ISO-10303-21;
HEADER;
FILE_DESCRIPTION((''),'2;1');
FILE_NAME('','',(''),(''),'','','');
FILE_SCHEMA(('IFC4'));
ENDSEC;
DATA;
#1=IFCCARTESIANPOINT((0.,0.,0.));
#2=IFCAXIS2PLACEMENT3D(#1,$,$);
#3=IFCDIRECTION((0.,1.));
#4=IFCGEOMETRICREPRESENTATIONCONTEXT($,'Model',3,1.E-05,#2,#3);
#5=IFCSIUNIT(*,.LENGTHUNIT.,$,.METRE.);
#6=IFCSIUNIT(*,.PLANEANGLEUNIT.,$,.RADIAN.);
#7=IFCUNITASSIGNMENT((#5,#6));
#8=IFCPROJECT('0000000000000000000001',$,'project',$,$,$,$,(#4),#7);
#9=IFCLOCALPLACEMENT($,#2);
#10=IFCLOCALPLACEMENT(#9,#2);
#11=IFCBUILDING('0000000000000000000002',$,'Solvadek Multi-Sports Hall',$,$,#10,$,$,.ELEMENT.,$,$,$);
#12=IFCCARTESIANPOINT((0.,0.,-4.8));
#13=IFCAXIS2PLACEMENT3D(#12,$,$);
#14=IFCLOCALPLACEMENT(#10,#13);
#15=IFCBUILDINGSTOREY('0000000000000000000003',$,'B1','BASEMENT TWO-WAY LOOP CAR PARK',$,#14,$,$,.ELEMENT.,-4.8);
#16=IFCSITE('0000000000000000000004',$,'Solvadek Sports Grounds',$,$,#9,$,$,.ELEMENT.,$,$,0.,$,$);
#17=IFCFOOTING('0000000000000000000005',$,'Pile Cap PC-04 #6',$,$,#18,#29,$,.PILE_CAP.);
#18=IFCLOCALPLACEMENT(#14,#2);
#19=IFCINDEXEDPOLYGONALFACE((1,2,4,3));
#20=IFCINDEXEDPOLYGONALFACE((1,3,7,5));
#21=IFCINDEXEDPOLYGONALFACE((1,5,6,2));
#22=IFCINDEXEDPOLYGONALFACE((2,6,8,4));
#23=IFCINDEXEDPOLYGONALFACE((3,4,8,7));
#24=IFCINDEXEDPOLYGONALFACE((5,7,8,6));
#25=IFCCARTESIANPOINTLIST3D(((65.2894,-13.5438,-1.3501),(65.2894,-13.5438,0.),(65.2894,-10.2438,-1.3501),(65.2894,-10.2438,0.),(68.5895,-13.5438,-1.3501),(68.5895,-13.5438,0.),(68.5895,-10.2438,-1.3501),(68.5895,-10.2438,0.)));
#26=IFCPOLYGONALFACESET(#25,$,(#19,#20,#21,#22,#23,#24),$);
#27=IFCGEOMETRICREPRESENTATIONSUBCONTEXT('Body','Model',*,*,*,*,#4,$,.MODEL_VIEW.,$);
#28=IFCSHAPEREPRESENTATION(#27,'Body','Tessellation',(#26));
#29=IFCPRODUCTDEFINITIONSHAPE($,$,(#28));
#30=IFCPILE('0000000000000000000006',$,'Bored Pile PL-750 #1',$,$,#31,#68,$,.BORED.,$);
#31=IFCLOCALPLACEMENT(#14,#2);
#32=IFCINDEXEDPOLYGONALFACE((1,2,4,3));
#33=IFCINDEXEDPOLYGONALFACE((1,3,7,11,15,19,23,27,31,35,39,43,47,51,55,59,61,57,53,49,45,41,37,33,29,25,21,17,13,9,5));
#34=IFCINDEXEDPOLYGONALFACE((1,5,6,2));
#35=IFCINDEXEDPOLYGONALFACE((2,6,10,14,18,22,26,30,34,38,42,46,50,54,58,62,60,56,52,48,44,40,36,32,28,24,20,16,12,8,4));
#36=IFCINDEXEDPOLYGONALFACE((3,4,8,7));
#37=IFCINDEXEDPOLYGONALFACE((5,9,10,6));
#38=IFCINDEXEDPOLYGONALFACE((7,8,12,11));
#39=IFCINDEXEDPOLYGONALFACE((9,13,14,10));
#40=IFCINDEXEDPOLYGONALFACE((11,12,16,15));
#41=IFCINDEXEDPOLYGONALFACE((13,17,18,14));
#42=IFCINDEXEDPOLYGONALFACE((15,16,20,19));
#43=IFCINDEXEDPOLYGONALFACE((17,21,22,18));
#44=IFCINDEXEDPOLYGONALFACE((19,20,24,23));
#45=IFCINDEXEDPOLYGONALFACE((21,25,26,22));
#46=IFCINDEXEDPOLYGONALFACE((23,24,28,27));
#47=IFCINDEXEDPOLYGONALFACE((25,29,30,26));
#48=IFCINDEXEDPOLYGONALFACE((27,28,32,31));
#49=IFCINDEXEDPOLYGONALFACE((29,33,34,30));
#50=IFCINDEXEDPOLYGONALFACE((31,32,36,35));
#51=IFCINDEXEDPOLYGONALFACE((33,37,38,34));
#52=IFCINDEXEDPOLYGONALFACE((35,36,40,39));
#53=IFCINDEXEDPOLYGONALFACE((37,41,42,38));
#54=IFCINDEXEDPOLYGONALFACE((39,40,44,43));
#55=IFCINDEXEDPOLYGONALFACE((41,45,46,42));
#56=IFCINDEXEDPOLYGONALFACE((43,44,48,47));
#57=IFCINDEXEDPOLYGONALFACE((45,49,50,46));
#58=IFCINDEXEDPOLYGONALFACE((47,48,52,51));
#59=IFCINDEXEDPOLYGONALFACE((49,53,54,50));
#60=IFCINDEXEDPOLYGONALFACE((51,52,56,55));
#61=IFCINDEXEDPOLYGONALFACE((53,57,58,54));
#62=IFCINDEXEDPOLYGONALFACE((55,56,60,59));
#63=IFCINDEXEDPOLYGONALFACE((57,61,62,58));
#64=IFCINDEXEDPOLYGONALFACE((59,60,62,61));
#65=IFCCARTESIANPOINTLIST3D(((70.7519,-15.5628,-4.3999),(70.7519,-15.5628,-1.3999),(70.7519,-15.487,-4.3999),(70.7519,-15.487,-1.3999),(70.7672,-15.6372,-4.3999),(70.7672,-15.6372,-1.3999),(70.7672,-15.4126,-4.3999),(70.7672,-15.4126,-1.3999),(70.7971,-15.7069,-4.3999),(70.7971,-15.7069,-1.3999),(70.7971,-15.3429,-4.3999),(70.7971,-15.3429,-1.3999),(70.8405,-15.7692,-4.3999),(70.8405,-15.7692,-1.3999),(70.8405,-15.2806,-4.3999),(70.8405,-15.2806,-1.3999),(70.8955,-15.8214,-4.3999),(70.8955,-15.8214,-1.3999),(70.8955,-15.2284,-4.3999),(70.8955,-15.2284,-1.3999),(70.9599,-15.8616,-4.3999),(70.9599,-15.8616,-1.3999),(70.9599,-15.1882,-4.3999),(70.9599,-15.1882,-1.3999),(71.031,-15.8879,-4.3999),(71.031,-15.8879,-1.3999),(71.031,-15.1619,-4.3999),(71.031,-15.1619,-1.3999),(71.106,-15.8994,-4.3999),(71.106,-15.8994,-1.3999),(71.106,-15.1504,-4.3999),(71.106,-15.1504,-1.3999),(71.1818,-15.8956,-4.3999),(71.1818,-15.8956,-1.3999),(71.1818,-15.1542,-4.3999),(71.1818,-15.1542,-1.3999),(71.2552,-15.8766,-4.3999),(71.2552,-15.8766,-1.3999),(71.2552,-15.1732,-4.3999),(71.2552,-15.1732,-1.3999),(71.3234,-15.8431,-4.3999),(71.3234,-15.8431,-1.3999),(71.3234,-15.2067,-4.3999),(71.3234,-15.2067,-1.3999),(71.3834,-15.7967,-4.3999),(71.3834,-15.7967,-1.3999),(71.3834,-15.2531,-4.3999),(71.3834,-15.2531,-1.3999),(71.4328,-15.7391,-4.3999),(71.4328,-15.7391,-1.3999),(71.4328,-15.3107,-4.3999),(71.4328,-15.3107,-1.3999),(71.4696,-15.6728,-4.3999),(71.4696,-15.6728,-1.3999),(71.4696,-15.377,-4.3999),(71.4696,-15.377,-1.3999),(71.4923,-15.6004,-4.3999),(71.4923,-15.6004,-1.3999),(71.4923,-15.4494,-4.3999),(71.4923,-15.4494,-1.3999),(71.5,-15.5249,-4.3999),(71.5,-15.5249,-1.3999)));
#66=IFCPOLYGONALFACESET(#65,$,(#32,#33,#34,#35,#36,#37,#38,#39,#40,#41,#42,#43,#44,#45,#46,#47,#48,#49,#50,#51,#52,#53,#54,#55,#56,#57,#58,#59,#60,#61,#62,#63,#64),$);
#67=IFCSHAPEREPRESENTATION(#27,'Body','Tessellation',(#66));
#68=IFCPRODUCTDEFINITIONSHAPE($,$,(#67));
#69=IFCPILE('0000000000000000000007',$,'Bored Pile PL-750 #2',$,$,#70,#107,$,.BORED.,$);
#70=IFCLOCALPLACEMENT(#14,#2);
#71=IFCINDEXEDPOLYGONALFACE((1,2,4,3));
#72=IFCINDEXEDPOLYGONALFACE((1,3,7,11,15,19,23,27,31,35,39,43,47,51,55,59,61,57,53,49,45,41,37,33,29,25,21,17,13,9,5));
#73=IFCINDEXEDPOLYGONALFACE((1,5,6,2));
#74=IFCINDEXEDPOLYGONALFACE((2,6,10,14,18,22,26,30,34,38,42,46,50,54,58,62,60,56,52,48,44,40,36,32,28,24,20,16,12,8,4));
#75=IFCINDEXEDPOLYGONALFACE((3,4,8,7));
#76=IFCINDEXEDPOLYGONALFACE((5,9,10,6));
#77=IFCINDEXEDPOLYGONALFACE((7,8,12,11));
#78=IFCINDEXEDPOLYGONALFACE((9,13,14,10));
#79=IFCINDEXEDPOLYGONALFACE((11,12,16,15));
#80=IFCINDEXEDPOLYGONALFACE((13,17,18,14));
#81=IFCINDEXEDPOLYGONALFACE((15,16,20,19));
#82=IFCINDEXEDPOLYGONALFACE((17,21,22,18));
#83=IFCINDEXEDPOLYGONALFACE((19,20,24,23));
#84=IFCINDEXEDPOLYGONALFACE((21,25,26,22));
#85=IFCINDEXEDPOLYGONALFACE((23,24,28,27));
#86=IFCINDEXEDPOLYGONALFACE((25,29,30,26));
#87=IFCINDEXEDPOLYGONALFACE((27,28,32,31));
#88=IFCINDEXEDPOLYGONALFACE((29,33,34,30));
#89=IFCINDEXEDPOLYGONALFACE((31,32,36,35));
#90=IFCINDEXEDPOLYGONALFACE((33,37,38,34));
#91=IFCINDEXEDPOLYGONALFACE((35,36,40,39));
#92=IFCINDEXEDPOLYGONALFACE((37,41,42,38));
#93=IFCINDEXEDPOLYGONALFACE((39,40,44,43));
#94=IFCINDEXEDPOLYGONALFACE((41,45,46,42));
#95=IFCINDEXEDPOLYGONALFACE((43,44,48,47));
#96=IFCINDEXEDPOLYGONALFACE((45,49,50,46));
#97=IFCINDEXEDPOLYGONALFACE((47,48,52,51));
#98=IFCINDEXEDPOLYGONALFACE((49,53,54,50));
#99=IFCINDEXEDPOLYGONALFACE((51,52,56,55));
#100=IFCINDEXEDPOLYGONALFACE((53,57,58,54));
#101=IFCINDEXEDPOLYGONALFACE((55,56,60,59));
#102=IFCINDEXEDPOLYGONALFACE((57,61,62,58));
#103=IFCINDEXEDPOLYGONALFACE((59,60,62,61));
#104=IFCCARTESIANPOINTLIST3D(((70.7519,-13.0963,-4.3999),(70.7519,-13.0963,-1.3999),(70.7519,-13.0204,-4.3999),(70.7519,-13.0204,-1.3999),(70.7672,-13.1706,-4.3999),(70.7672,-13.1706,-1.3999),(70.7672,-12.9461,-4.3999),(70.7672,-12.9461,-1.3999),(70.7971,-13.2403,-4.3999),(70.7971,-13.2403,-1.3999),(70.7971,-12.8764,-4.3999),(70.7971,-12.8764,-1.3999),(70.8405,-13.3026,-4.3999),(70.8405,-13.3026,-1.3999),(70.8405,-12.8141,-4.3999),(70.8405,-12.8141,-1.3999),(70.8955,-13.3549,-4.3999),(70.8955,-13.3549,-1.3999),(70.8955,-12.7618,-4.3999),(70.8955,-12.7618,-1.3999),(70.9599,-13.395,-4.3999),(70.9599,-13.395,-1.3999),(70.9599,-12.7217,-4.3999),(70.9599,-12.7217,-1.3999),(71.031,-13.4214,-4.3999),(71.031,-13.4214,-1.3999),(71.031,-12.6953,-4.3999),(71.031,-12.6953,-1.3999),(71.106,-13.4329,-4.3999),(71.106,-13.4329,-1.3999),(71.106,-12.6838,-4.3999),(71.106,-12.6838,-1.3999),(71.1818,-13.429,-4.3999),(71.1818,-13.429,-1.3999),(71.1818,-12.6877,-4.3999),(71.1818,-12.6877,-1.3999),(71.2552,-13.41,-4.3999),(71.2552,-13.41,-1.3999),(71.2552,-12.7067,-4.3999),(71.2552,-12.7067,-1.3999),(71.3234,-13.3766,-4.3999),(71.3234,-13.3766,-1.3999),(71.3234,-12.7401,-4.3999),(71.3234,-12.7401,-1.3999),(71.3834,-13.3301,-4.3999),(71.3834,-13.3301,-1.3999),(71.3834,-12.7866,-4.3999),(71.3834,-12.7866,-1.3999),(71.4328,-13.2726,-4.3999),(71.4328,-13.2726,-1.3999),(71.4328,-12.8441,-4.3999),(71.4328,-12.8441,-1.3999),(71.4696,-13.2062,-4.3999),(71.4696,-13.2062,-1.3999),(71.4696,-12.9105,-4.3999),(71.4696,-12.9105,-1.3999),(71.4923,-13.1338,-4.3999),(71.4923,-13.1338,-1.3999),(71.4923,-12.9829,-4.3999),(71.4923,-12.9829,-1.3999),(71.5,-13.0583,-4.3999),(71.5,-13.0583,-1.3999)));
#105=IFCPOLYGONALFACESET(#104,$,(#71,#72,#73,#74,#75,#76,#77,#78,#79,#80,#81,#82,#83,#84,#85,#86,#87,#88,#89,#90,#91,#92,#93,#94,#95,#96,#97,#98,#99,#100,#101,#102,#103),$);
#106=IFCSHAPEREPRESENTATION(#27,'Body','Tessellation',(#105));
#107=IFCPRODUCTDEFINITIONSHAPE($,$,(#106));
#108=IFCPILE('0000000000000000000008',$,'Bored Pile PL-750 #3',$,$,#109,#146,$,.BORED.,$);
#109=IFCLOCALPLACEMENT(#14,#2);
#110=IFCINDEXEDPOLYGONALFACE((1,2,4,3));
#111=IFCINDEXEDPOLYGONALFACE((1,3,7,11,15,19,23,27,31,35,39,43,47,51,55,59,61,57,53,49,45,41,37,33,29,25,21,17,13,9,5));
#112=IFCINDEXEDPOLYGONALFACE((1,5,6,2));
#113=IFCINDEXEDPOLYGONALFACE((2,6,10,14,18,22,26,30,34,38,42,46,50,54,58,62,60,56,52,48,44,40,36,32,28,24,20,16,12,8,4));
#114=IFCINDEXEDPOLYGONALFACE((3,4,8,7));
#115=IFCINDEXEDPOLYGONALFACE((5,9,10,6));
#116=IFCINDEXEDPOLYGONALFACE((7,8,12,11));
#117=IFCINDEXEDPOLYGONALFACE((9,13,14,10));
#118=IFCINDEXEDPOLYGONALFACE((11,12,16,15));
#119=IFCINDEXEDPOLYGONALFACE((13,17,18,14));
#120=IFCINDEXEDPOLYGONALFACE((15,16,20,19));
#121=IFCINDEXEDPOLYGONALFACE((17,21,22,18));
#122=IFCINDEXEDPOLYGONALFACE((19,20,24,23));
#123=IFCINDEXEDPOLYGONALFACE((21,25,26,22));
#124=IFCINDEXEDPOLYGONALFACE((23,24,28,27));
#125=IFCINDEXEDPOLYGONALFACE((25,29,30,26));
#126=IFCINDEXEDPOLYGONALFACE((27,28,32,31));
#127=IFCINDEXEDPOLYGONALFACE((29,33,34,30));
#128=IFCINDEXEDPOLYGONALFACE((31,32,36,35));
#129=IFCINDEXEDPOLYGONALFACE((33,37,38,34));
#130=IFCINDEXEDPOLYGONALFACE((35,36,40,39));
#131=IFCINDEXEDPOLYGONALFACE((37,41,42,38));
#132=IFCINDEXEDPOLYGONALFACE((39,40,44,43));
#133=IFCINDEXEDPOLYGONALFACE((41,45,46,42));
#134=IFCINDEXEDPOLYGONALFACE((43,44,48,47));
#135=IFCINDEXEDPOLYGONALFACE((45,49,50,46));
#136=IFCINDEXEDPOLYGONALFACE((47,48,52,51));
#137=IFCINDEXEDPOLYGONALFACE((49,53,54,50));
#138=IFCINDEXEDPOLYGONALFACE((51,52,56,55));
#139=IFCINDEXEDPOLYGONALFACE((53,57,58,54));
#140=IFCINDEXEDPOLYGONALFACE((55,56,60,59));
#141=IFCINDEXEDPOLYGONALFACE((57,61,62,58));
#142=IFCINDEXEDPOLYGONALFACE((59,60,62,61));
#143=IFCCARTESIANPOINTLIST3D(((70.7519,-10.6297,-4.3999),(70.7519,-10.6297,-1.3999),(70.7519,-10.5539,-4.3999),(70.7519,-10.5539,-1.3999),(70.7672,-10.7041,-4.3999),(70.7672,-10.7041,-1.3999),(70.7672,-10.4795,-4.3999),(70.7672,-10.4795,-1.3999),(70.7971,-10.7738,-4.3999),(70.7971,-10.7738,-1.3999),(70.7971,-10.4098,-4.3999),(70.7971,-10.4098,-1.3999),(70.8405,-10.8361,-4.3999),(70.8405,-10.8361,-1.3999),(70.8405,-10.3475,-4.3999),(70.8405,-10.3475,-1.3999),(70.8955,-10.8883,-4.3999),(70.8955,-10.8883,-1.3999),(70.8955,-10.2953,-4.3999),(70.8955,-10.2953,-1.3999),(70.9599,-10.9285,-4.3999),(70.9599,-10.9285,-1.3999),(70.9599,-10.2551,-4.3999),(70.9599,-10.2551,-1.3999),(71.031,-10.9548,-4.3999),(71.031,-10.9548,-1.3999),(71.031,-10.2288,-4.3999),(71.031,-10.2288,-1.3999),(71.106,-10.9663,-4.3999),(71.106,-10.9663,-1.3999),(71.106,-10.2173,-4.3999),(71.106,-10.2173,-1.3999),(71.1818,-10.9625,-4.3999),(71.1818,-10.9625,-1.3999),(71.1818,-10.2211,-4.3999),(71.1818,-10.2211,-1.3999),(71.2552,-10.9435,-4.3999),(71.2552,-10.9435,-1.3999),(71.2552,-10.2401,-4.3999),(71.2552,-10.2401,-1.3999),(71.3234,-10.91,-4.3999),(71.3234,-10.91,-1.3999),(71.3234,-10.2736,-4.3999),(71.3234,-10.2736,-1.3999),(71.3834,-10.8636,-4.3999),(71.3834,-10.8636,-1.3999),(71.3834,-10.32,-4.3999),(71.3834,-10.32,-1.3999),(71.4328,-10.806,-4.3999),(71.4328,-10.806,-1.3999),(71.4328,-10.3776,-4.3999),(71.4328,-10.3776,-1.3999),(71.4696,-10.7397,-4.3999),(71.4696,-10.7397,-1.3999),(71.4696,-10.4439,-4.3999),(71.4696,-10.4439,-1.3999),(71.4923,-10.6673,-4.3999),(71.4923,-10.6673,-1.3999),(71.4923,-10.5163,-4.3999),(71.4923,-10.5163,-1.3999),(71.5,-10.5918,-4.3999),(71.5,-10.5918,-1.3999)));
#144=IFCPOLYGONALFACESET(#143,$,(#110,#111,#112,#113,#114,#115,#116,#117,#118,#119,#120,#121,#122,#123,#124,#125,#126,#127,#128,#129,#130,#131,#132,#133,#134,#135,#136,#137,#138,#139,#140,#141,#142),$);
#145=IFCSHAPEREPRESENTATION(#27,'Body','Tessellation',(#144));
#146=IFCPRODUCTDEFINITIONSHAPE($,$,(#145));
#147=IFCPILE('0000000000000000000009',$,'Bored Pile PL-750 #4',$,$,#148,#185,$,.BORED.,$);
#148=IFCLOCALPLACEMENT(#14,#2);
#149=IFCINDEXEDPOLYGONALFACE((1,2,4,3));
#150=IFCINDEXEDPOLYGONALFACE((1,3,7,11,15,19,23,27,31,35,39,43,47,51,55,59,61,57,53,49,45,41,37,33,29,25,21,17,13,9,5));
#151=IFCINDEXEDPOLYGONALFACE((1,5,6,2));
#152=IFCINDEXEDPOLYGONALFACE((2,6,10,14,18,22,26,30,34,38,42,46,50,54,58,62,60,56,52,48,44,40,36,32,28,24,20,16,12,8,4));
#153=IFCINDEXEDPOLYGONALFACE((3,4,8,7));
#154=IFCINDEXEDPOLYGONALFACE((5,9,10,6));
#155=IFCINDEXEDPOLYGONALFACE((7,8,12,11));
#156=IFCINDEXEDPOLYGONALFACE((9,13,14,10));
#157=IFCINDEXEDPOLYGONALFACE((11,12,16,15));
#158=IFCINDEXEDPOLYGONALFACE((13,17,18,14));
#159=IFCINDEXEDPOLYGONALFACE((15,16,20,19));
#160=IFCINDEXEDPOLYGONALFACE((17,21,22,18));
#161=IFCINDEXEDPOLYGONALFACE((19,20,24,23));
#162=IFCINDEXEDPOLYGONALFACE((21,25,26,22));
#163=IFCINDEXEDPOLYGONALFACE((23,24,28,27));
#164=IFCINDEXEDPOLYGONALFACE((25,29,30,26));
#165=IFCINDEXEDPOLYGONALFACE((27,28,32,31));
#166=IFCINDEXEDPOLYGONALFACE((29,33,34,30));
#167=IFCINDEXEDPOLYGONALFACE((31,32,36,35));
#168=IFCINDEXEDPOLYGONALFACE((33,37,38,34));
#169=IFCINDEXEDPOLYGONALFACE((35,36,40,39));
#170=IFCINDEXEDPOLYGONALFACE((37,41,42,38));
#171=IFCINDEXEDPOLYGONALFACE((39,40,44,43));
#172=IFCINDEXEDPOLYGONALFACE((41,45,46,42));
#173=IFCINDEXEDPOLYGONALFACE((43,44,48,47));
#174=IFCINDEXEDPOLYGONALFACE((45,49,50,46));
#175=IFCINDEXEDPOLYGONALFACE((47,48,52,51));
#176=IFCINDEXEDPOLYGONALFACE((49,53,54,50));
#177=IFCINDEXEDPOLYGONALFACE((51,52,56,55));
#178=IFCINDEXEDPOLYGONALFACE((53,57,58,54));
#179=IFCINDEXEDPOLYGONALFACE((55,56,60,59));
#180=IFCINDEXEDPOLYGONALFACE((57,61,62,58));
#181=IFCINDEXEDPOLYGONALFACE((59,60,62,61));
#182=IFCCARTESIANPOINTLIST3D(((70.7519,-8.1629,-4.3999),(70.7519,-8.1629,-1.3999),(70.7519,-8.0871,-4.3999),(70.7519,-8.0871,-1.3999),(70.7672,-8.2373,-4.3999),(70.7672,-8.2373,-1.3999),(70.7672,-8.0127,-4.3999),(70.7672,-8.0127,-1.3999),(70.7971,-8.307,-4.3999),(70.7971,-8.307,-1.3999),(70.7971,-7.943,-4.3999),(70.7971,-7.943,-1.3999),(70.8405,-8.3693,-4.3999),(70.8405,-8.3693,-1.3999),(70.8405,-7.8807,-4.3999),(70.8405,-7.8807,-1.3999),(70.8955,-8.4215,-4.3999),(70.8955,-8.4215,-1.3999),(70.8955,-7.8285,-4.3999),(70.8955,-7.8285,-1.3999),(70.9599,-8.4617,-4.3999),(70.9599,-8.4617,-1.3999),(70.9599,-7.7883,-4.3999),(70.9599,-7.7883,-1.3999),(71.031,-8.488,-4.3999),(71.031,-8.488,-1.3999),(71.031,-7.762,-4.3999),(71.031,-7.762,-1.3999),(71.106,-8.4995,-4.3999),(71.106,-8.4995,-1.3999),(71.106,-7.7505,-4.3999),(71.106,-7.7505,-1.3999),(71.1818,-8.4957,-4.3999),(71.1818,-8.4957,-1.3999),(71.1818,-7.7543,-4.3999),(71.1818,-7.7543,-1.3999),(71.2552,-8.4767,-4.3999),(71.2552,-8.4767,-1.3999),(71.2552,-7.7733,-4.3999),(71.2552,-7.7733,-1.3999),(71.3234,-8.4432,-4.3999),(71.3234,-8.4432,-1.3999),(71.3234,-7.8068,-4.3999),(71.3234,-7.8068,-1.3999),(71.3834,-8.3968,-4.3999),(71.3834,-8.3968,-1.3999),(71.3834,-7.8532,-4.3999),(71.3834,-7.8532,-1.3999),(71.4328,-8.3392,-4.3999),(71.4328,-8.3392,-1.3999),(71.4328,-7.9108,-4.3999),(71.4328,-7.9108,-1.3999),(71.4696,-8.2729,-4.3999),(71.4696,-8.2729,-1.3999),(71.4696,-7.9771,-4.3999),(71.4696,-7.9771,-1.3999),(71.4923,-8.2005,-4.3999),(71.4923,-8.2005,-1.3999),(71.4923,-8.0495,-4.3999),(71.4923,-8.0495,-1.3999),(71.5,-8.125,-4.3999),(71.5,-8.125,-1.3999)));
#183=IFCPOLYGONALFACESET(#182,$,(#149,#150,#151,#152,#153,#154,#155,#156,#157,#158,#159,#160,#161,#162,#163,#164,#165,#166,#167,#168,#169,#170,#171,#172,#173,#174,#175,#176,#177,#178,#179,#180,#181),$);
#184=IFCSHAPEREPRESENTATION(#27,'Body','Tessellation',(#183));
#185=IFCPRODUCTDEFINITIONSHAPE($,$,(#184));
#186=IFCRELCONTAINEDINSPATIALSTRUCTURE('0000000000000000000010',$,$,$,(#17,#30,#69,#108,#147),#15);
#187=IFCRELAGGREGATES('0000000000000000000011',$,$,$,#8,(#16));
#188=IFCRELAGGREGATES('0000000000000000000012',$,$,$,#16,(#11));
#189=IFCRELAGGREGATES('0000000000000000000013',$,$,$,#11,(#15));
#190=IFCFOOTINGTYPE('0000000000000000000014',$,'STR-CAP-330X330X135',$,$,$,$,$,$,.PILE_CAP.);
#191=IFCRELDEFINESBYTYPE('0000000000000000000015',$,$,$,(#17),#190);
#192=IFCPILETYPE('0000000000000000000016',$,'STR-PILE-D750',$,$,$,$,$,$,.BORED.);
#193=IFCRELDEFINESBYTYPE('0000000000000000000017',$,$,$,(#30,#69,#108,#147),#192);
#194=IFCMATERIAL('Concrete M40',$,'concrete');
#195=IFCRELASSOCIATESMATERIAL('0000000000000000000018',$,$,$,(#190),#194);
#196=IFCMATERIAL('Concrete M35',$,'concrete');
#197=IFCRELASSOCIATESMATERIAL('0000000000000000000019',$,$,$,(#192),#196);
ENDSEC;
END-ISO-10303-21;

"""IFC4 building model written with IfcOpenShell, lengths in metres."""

from ifc_helpers import new_model, si_unit, direction, frame, origin, origin_2d, place, context, subcontext, project, spatial, rectangle, circle, extrude, material, material_profile, profile_set, type_object, element, save


model = new_model("IFC4")

# Units and contexts
model_context = context("Model", 3, precision=1e-05, world=origin(), true_north=direction((0.0, 1.0)))
body_context = subcontext(model_context, "Body", "Model", "MODEL_VIEW")
ifc_project = project(units=[si_unit("LENGTHUNIT", "METRE"), si_unit("PLANEANGLEUNIT", "RADIAN")], contexts=[model_context])

# Site, building, storey
site_placement = place(None, origin())
site = spatial("IfcSite", under=ifc_project, at=site_placement, Name="Solvadek Sports Grounds", CompositionType="ELEMENT", RefElevation=0.0)
building_placement = place(site_placement, origin())
building = spatial("IfcBuilding", under=site, at=building_placement, Name="Solvadek Multi-Sports Hall", CompositionType="ELEMENT")
storey_placement = place(building_placement, frame((0.0, 0.0, -4.8)))
storey = spatial("IfcBuildingStorey", under=building, at=storey_placement, Name="B1", Description="BASEMENT TWO-WAY LOOP CAR PARK", CompositionType="ELEMENT", Elevation=-4.8)

# Footing
ifc_material_1 = material(Name="Concrete M40", Category="concrete")
footing_type_1 = type_object("IfcFootingType", Name="STR-CAP-330X330X135", PredefinedType="PILE_CAP", material=ifc_material_1)
footing_1_placement = place(storey_placement, frame((66.9395, -11.8938, -1.3501), z_axis=(0.0, 0.0, 1.0), x_axis=(1.0, 0.0, 0.0)))
element("IfcFooting", 1, at=footing_1_placement, inside=storey, type_object=footing_type_1, Name="Pile Cap PC-04 #6", PredefinedType="PILE_CAP", context=body_context, shape_type="SweptSolid", body=[
    extrude(rectangle(XDim=3.3, YDim=3.3, at=origin_2d()), origin(), (0.0, 0.0, 1.0), 1.3501),
])

# Piles
ifc_material_2 = material(Name="Concrete M35", Category="concrete")
ifc_material_profile_1 = material_profile(ifc_material_2, circle(Radius=0.375, at=origin_2d()), Name="BORED PILE D750")
ifc_profile_set_1 = profile_set([ifc_material_profile_1], Name="Concrete M35")
pile_type = type_object("IfcPileType", Name="STR-PILE-D750", PredefinedType="BORED", material=ifc_profile_set_1)
for number, where, z_axis, x_axis, name in (
    (2, (71.125, -15.5249, -1.3999), (0.0, 0.0, -1.0), (1.0, 0.0, 0.0), "Bored Pile PL-750 #1"),
    (3, (71.125, -13.0583, -1.3999), (0.0, 0.0, -1.0), (1.0, 0.0, 0.0), "Bored Pile PL-750 #2"),
    (4, (71.125, -10.5918, -1.3999), (0.0, 0.0, -1.0), (1.0, 0.0, 0.0), "Bored Pile PL-750 #3"),
    (5, (71.125, -8.125, -1.3999), (0.0, 0.0, -1.0), (1.0, 0.0, 0.0), "Bored Pile PL-750 #4"),
):
    element("IfcPile", number, at=place(storey_placement, frame(where, z_axis=z_axis, x_axis=x_axis)), inside=storey, type_object=pile_type, Name=name, PredefinedType="BORED", context=body_context, shape_type="SweptSolid", body=[
        extrude(circle(Radius=0.375, at=origin_2d()), origin(), (0.0, 0.0, 1.0), 3.0),
    ])

save(model, "model.ifc")
